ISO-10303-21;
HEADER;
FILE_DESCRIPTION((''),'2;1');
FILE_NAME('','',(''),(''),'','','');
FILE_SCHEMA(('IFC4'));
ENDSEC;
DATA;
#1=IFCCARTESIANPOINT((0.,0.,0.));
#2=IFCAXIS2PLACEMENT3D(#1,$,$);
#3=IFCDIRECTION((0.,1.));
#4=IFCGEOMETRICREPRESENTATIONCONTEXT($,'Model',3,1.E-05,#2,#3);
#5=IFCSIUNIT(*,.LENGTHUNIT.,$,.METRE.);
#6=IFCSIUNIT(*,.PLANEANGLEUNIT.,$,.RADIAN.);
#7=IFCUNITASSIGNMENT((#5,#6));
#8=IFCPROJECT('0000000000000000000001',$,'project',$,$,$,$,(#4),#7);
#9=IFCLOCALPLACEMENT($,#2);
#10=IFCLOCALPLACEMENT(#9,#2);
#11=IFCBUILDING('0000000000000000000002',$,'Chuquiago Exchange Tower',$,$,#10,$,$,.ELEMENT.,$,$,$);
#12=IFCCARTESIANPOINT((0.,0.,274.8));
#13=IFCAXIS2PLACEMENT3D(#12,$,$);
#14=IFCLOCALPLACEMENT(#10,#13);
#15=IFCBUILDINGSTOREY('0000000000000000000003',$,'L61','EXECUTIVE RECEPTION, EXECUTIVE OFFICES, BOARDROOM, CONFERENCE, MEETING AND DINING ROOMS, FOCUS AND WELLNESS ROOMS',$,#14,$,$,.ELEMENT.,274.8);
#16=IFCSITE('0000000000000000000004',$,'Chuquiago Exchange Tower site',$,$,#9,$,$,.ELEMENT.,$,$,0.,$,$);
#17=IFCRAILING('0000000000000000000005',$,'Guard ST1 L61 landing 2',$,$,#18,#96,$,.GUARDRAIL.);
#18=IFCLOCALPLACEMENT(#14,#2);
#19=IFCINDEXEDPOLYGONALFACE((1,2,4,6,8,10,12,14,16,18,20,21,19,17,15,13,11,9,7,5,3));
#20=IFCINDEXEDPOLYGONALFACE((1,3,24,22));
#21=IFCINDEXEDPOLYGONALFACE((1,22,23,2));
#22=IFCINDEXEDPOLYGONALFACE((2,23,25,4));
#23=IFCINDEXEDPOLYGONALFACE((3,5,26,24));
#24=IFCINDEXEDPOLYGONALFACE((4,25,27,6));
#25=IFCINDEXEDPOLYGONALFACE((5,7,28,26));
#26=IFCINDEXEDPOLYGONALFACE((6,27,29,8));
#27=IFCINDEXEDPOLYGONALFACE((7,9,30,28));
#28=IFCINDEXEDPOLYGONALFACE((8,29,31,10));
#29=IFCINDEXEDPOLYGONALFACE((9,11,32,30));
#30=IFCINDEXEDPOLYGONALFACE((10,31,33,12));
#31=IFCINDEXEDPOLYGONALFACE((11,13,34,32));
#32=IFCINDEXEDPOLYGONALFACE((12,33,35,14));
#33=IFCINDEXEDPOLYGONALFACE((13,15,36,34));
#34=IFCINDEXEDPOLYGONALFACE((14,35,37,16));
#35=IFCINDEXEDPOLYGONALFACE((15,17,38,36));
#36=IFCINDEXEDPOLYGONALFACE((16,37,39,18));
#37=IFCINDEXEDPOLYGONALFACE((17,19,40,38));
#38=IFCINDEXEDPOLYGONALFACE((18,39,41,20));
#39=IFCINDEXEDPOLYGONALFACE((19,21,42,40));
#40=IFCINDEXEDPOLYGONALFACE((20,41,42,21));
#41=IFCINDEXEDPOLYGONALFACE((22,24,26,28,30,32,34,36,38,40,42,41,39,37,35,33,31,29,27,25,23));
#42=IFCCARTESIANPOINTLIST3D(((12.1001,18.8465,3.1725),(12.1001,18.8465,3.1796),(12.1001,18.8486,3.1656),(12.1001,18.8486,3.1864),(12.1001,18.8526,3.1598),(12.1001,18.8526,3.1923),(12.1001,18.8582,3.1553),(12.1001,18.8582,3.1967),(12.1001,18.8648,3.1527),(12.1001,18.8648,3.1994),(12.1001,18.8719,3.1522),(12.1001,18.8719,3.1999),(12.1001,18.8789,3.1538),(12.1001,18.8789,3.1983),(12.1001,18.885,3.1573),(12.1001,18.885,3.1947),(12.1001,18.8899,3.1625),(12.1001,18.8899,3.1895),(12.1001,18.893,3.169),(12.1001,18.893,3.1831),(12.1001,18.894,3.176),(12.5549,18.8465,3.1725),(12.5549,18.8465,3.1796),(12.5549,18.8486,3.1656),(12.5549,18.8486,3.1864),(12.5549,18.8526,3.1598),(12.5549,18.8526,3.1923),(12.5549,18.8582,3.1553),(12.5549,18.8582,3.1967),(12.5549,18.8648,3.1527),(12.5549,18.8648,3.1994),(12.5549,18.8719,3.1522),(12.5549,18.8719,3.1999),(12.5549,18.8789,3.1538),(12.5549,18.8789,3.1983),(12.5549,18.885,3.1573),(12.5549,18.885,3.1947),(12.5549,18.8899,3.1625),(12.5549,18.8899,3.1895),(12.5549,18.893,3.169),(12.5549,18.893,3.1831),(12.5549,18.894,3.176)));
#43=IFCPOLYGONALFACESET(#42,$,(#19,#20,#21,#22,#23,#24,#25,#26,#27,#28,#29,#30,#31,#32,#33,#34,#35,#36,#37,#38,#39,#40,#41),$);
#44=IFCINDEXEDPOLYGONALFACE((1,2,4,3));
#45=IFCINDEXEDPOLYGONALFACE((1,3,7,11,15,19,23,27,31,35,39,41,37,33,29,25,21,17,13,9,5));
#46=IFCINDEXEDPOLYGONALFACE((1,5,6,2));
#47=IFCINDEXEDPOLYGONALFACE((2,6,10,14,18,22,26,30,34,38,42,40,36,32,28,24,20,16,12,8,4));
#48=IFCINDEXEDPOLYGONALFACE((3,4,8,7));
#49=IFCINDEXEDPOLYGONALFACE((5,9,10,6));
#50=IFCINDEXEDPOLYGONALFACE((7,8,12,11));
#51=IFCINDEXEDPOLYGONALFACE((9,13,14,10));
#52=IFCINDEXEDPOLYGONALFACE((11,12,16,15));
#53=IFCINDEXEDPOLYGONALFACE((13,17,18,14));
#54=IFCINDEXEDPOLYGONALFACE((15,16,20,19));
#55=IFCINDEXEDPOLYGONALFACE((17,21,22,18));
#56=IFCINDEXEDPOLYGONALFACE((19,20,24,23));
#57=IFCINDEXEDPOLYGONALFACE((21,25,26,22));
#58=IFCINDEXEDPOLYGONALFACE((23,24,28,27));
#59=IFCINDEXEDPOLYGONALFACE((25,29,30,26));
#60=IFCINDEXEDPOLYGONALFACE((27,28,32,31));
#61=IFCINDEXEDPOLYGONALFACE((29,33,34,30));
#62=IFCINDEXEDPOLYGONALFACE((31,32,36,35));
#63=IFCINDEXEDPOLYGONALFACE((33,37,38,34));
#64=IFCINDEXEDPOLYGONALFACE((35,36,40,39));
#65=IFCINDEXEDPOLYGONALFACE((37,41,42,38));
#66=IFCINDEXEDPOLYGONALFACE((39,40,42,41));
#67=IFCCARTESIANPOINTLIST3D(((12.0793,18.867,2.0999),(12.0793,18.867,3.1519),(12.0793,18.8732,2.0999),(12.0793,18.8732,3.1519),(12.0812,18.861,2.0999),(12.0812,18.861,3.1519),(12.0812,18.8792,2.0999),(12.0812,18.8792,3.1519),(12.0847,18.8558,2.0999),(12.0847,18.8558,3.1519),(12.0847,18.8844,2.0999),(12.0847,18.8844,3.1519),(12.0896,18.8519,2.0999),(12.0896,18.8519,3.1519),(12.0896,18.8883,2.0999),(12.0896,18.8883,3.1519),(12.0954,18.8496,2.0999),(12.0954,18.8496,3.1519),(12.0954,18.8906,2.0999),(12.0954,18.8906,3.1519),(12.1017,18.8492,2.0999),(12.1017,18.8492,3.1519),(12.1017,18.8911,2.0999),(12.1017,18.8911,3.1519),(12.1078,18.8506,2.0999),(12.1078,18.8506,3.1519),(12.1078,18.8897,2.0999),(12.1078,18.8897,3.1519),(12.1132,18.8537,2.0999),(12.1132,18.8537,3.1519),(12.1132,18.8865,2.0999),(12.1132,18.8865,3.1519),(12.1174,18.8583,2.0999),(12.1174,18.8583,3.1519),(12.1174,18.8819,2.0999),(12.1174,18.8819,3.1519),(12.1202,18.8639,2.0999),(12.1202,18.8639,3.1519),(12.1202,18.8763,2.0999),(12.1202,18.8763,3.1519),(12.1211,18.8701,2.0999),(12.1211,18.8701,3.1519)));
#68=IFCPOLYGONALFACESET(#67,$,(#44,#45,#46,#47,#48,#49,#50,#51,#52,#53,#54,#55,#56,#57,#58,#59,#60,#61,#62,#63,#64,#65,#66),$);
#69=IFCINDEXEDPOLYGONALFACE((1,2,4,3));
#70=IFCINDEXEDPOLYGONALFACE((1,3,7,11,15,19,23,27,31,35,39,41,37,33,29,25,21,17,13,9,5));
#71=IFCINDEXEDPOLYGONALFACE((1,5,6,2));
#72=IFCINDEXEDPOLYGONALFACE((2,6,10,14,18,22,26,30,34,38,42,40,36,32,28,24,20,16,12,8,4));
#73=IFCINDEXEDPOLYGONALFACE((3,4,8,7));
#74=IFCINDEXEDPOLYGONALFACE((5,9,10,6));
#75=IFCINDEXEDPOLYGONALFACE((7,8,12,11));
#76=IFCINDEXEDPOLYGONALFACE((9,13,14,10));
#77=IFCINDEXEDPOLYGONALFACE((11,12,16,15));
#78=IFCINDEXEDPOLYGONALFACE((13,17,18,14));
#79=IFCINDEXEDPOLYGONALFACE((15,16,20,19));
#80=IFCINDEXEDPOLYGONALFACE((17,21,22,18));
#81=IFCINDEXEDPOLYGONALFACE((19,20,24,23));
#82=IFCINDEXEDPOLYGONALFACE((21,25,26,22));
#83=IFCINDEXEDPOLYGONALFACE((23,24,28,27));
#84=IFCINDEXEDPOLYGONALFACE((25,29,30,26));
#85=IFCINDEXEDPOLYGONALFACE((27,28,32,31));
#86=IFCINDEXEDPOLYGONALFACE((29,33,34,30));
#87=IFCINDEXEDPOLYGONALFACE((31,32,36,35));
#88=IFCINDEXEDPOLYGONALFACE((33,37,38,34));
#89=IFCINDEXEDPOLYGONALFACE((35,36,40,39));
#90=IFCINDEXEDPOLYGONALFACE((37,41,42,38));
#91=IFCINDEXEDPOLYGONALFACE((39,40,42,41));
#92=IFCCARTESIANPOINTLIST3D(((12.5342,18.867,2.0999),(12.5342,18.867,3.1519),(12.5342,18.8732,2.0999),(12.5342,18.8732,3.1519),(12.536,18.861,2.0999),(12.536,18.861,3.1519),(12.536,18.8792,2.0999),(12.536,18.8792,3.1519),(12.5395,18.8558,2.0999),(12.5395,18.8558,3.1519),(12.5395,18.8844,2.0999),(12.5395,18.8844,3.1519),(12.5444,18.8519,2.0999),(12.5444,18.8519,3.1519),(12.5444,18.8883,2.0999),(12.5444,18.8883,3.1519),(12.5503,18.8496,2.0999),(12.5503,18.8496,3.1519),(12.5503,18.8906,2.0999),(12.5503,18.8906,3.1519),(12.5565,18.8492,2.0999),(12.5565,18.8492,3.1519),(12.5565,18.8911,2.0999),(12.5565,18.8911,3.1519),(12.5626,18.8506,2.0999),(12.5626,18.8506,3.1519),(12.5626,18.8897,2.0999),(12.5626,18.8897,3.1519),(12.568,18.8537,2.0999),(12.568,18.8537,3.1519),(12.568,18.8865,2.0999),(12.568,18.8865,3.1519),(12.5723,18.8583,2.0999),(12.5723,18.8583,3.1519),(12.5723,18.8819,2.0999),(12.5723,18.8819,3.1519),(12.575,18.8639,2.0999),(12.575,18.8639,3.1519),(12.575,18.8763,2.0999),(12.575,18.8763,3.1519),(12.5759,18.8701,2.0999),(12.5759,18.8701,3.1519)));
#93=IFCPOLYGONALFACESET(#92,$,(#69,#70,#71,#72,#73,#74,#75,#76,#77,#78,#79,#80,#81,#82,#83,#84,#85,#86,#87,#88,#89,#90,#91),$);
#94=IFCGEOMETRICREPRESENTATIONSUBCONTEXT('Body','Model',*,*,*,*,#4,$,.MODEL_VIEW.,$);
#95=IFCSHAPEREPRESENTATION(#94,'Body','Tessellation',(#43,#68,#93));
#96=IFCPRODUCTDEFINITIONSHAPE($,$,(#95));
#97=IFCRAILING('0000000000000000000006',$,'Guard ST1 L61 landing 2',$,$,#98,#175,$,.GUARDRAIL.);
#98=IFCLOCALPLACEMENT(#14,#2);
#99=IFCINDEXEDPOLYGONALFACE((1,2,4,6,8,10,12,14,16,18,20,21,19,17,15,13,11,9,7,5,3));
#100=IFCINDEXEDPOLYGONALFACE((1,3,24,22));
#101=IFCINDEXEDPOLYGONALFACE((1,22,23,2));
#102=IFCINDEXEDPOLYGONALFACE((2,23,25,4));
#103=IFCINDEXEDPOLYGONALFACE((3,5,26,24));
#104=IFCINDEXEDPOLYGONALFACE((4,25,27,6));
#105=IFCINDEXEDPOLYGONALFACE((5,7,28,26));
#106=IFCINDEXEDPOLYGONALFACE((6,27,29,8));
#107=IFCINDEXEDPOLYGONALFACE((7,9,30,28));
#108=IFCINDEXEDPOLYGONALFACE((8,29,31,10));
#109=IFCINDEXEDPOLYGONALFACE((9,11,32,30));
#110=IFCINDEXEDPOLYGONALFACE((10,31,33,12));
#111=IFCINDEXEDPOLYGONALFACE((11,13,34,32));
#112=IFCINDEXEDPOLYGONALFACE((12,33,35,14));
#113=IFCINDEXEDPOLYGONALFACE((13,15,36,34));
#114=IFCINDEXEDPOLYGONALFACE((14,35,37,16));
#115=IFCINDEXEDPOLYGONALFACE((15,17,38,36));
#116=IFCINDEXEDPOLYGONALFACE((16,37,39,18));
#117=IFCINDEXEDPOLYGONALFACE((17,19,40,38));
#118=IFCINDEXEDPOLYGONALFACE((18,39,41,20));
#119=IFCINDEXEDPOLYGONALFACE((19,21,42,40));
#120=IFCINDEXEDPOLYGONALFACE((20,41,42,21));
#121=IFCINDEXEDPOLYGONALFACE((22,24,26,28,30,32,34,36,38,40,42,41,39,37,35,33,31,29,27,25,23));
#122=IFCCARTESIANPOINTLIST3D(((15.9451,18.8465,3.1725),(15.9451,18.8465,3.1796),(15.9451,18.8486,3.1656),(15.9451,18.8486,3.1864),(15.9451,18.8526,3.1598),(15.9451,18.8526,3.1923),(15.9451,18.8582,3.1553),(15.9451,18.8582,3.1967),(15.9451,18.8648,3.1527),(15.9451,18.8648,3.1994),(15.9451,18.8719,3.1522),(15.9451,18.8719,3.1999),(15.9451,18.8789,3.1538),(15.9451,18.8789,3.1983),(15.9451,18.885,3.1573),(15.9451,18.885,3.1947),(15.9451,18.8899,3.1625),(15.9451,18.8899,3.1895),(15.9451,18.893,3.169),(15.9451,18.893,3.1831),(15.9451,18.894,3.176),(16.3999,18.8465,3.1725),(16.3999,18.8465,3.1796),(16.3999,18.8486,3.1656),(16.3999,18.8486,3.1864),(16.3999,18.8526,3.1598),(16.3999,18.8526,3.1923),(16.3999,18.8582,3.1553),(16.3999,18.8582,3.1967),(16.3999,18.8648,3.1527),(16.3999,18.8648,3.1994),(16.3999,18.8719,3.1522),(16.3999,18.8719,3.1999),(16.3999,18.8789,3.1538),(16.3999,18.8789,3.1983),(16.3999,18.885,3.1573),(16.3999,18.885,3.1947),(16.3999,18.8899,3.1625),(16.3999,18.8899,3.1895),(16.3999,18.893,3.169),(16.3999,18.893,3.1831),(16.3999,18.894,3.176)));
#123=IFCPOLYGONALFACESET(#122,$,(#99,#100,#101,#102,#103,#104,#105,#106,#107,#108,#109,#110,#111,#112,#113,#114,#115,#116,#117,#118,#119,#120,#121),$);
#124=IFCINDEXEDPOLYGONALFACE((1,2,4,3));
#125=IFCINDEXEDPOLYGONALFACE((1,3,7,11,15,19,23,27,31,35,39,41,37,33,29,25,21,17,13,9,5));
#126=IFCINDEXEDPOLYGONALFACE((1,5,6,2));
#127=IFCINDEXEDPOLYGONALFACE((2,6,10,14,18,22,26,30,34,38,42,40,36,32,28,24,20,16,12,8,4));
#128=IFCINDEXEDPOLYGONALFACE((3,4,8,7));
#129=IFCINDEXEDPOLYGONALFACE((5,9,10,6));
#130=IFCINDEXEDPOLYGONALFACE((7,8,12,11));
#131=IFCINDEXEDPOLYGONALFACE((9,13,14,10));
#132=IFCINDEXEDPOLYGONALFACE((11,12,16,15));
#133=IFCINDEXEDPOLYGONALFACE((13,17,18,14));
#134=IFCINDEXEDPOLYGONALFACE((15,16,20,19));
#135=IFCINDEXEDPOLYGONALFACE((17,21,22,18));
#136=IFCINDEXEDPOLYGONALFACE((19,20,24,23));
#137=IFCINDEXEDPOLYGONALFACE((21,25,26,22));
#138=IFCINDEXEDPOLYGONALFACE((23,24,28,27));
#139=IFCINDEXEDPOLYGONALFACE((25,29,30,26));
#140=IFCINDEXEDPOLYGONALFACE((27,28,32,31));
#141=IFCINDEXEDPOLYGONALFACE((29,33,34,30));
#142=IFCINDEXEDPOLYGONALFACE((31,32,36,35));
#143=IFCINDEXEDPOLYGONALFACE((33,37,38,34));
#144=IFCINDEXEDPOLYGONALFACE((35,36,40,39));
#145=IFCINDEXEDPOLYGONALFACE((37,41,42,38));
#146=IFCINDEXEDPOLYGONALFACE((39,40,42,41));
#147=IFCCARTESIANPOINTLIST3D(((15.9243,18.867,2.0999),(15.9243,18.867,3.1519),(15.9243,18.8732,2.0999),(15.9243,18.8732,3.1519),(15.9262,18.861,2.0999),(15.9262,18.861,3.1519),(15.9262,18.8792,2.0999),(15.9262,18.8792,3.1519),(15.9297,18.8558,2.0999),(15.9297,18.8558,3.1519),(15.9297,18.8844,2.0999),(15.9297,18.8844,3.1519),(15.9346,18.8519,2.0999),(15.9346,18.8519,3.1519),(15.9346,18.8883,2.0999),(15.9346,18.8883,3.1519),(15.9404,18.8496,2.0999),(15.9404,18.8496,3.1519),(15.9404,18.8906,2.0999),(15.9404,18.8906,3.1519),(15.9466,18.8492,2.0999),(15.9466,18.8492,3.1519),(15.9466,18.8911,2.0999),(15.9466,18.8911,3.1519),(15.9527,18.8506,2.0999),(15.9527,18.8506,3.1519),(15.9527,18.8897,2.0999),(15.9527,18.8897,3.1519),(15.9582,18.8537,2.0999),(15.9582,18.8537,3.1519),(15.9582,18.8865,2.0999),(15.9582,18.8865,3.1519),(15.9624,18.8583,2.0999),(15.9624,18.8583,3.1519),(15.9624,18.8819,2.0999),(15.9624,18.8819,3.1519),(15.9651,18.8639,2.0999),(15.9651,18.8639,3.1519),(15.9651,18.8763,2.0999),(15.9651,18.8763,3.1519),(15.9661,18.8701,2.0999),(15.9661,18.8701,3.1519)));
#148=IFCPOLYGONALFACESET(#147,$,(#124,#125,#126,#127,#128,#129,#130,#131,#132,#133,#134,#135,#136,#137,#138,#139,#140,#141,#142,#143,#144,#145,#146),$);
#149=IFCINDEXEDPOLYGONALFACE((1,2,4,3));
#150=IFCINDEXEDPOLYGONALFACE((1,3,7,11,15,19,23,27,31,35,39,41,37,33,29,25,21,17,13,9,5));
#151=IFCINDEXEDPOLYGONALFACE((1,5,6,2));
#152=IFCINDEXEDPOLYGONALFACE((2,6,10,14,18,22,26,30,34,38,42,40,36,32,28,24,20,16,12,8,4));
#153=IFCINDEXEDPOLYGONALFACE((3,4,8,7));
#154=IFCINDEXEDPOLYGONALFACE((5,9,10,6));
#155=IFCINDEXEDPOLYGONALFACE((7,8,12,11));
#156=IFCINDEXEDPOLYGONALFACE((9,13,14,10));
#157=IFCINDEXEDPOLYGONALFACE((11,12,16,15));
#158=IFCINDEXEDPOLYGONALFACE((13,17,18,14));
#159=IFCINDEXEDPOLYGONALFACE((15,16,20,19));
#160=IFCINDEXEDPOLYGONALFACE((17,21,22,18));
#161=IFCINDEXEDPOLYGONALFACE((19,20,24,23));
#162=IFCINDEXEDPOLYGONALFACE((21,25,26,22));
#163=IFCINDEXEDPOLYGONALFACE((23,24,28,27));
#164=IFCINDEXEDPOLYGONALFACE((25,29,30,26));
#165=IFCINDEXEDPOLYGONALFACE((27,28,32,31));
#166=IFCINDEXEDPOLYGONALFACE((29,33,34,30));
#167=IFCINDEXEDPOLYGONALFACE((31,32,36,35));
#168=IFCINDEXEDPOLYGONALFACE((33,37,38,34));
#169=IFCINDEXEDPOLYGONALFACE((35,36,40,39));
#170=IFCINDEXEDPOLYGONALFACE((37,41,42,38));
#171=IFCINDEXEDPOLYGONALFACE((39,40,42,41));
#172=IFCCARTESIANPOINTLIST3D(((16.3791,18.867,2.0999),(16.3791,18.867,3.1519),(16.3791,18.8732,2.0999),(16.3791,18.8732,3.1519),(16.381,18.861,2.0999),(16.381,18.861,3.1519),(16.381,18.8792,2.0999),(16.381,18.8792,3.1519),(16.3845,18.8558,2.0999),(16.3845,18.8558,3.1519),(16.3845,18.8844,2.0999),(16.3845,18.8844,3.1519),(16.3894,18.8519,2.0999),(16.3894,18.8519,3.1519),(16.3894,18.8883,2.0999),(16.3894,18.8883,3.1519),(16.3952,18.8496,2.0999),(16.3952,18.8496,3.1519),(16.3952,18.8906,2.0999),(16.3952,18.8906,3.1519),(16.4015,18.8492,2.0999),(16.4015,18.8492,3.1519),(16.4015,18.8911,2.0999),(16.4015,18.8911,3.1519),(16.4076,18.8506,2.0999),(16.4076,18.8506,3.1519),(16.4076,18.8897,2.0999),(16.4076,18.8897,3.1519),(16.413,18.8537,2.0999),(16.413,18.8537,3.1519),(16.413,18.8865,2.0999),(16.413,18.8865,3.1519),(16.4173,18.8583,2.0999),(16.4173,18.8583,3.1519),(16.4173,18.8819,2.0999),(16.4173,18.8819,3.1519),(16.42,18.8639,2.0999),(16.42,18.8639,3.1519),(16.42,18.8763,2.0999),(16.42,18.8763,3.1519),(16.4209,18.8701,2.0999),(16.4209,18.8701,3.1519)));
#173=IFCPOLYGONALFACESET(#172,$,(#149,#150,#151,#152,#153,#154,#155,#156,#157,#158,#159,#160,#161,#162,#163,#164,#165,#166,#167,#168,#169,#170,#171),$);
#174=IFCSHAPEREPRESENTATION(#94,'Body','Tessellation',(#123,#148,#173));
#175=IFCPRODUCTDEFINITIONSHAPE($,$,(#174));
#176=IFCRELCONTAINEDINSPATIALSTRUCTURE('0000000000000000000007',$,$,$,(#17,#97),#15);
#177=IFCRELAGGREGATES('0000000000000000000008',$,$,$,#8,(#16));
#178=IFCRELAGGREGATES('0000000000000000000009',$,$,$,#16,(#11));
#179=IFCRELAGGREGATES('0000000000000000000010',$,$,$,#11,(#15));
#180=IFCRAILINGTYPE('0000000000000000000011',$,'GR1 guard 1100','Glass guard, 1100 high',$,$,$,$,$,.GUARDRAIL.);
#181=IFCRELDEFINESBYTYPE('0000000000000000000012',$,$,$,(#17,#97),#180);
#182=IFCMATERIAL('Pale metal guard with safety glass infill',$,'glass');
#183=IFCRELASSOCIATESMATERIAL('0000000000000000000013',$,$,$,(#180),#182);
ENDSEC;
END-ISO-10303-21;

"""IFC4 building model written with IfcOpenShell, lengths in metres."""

from ifc_helpers import new_model, si_unit, direction, frame, origin, origin_2d, place, context, subcontext, project, spatial, circle, extrude, material, type_object, element, save


model = new_model("IFC4")

# Units and contexts
model_context = context("Model", 3, precision=1e-05, world=origin(), true_north=direction((0.0, 1.0)))
body_context = subcontext(model_context, "Body", "Model", "MODEL_VIEW")
ifc_project = project(units=[si_unit("LENGTHUNIT", "METRE"), si_unit("PLANEANGLEUNIT", "RADIAN")], contexts=[model_context])

# Site, building, storey
site_placement = place(None, origin())
site = spatial("IfcSite", under=ifc_project, at=site_placement, Name="Chuquiago Exchange Tower site", CompositionType="ELEMENT", RefElevation=0.0)
building_placement = place(site_placement, origin())
building = spatial("IfcBuilding", under=site, at=building_placement, Name="Chuquiago Exchange Tower", CompositionType="ELEMENT")
storey_placement = place(building_placement, frame((0.0, 0.0, 274.8)))
storey = spatial("IfcBuildingStorey", under=building, at=storey_placement, Name="L61", Description="EXECUTIVE RECEPTION, EXECUTIVE OFFICES, BOARDROOM, CONFERENCE, MEETING AND DINING ROOMS, FOCUS AND WELLNESS ROOMS", CompositionType="ELEMENT", Elevation=274.8)

# Railings
ifc_material_1 = material(Name="Pale metal guard with safety glass infill", Category="glass")
railing_type_1 = type_object("IfcRailingType", Name="GR1 guard 1100", Description="Glass guard, 1100 high", PredefinedType="GUARDRAIL", material=ifc_material_1)
for number, where, name in (
    (1, (12.1001, 18.8701, 2.0999), "Guard ST1 L61 landing 2"),
    (2, (15.9451, 18.8701, 2.0999), "Guard ST1 L61 landing 2"),
):
    element("IfcRailing", number, at=place(storey_placement, frame(where)), inside=storey, type_object=railing_type_1, Name=name, PredefinedType="GUARDRAIL", context=body_context, shape_type="SweptSolid", body=[
        extrude(circle(Radius=0.0239, at=origin_2d()), frame((0.0, 0.0, 1.0762), z_axis=(1.0, 0.0, 0.0), x_axis=(0.0, 1.0, 0.0)), (0.0, 0.0, 1.0), 0.4548),
        extrude(circle(Radius=0.021, at=origin_2d()), origin(), (0.0, 0.0, 1.0), 1.052),
        extrude(circle(Radius=0.021, at=origin_2d()), frame((0.4548, 0.0, 0.0)), (0.0, 0.0, 1.0), 1.052),
    ])

save(model, "model.ifc")
